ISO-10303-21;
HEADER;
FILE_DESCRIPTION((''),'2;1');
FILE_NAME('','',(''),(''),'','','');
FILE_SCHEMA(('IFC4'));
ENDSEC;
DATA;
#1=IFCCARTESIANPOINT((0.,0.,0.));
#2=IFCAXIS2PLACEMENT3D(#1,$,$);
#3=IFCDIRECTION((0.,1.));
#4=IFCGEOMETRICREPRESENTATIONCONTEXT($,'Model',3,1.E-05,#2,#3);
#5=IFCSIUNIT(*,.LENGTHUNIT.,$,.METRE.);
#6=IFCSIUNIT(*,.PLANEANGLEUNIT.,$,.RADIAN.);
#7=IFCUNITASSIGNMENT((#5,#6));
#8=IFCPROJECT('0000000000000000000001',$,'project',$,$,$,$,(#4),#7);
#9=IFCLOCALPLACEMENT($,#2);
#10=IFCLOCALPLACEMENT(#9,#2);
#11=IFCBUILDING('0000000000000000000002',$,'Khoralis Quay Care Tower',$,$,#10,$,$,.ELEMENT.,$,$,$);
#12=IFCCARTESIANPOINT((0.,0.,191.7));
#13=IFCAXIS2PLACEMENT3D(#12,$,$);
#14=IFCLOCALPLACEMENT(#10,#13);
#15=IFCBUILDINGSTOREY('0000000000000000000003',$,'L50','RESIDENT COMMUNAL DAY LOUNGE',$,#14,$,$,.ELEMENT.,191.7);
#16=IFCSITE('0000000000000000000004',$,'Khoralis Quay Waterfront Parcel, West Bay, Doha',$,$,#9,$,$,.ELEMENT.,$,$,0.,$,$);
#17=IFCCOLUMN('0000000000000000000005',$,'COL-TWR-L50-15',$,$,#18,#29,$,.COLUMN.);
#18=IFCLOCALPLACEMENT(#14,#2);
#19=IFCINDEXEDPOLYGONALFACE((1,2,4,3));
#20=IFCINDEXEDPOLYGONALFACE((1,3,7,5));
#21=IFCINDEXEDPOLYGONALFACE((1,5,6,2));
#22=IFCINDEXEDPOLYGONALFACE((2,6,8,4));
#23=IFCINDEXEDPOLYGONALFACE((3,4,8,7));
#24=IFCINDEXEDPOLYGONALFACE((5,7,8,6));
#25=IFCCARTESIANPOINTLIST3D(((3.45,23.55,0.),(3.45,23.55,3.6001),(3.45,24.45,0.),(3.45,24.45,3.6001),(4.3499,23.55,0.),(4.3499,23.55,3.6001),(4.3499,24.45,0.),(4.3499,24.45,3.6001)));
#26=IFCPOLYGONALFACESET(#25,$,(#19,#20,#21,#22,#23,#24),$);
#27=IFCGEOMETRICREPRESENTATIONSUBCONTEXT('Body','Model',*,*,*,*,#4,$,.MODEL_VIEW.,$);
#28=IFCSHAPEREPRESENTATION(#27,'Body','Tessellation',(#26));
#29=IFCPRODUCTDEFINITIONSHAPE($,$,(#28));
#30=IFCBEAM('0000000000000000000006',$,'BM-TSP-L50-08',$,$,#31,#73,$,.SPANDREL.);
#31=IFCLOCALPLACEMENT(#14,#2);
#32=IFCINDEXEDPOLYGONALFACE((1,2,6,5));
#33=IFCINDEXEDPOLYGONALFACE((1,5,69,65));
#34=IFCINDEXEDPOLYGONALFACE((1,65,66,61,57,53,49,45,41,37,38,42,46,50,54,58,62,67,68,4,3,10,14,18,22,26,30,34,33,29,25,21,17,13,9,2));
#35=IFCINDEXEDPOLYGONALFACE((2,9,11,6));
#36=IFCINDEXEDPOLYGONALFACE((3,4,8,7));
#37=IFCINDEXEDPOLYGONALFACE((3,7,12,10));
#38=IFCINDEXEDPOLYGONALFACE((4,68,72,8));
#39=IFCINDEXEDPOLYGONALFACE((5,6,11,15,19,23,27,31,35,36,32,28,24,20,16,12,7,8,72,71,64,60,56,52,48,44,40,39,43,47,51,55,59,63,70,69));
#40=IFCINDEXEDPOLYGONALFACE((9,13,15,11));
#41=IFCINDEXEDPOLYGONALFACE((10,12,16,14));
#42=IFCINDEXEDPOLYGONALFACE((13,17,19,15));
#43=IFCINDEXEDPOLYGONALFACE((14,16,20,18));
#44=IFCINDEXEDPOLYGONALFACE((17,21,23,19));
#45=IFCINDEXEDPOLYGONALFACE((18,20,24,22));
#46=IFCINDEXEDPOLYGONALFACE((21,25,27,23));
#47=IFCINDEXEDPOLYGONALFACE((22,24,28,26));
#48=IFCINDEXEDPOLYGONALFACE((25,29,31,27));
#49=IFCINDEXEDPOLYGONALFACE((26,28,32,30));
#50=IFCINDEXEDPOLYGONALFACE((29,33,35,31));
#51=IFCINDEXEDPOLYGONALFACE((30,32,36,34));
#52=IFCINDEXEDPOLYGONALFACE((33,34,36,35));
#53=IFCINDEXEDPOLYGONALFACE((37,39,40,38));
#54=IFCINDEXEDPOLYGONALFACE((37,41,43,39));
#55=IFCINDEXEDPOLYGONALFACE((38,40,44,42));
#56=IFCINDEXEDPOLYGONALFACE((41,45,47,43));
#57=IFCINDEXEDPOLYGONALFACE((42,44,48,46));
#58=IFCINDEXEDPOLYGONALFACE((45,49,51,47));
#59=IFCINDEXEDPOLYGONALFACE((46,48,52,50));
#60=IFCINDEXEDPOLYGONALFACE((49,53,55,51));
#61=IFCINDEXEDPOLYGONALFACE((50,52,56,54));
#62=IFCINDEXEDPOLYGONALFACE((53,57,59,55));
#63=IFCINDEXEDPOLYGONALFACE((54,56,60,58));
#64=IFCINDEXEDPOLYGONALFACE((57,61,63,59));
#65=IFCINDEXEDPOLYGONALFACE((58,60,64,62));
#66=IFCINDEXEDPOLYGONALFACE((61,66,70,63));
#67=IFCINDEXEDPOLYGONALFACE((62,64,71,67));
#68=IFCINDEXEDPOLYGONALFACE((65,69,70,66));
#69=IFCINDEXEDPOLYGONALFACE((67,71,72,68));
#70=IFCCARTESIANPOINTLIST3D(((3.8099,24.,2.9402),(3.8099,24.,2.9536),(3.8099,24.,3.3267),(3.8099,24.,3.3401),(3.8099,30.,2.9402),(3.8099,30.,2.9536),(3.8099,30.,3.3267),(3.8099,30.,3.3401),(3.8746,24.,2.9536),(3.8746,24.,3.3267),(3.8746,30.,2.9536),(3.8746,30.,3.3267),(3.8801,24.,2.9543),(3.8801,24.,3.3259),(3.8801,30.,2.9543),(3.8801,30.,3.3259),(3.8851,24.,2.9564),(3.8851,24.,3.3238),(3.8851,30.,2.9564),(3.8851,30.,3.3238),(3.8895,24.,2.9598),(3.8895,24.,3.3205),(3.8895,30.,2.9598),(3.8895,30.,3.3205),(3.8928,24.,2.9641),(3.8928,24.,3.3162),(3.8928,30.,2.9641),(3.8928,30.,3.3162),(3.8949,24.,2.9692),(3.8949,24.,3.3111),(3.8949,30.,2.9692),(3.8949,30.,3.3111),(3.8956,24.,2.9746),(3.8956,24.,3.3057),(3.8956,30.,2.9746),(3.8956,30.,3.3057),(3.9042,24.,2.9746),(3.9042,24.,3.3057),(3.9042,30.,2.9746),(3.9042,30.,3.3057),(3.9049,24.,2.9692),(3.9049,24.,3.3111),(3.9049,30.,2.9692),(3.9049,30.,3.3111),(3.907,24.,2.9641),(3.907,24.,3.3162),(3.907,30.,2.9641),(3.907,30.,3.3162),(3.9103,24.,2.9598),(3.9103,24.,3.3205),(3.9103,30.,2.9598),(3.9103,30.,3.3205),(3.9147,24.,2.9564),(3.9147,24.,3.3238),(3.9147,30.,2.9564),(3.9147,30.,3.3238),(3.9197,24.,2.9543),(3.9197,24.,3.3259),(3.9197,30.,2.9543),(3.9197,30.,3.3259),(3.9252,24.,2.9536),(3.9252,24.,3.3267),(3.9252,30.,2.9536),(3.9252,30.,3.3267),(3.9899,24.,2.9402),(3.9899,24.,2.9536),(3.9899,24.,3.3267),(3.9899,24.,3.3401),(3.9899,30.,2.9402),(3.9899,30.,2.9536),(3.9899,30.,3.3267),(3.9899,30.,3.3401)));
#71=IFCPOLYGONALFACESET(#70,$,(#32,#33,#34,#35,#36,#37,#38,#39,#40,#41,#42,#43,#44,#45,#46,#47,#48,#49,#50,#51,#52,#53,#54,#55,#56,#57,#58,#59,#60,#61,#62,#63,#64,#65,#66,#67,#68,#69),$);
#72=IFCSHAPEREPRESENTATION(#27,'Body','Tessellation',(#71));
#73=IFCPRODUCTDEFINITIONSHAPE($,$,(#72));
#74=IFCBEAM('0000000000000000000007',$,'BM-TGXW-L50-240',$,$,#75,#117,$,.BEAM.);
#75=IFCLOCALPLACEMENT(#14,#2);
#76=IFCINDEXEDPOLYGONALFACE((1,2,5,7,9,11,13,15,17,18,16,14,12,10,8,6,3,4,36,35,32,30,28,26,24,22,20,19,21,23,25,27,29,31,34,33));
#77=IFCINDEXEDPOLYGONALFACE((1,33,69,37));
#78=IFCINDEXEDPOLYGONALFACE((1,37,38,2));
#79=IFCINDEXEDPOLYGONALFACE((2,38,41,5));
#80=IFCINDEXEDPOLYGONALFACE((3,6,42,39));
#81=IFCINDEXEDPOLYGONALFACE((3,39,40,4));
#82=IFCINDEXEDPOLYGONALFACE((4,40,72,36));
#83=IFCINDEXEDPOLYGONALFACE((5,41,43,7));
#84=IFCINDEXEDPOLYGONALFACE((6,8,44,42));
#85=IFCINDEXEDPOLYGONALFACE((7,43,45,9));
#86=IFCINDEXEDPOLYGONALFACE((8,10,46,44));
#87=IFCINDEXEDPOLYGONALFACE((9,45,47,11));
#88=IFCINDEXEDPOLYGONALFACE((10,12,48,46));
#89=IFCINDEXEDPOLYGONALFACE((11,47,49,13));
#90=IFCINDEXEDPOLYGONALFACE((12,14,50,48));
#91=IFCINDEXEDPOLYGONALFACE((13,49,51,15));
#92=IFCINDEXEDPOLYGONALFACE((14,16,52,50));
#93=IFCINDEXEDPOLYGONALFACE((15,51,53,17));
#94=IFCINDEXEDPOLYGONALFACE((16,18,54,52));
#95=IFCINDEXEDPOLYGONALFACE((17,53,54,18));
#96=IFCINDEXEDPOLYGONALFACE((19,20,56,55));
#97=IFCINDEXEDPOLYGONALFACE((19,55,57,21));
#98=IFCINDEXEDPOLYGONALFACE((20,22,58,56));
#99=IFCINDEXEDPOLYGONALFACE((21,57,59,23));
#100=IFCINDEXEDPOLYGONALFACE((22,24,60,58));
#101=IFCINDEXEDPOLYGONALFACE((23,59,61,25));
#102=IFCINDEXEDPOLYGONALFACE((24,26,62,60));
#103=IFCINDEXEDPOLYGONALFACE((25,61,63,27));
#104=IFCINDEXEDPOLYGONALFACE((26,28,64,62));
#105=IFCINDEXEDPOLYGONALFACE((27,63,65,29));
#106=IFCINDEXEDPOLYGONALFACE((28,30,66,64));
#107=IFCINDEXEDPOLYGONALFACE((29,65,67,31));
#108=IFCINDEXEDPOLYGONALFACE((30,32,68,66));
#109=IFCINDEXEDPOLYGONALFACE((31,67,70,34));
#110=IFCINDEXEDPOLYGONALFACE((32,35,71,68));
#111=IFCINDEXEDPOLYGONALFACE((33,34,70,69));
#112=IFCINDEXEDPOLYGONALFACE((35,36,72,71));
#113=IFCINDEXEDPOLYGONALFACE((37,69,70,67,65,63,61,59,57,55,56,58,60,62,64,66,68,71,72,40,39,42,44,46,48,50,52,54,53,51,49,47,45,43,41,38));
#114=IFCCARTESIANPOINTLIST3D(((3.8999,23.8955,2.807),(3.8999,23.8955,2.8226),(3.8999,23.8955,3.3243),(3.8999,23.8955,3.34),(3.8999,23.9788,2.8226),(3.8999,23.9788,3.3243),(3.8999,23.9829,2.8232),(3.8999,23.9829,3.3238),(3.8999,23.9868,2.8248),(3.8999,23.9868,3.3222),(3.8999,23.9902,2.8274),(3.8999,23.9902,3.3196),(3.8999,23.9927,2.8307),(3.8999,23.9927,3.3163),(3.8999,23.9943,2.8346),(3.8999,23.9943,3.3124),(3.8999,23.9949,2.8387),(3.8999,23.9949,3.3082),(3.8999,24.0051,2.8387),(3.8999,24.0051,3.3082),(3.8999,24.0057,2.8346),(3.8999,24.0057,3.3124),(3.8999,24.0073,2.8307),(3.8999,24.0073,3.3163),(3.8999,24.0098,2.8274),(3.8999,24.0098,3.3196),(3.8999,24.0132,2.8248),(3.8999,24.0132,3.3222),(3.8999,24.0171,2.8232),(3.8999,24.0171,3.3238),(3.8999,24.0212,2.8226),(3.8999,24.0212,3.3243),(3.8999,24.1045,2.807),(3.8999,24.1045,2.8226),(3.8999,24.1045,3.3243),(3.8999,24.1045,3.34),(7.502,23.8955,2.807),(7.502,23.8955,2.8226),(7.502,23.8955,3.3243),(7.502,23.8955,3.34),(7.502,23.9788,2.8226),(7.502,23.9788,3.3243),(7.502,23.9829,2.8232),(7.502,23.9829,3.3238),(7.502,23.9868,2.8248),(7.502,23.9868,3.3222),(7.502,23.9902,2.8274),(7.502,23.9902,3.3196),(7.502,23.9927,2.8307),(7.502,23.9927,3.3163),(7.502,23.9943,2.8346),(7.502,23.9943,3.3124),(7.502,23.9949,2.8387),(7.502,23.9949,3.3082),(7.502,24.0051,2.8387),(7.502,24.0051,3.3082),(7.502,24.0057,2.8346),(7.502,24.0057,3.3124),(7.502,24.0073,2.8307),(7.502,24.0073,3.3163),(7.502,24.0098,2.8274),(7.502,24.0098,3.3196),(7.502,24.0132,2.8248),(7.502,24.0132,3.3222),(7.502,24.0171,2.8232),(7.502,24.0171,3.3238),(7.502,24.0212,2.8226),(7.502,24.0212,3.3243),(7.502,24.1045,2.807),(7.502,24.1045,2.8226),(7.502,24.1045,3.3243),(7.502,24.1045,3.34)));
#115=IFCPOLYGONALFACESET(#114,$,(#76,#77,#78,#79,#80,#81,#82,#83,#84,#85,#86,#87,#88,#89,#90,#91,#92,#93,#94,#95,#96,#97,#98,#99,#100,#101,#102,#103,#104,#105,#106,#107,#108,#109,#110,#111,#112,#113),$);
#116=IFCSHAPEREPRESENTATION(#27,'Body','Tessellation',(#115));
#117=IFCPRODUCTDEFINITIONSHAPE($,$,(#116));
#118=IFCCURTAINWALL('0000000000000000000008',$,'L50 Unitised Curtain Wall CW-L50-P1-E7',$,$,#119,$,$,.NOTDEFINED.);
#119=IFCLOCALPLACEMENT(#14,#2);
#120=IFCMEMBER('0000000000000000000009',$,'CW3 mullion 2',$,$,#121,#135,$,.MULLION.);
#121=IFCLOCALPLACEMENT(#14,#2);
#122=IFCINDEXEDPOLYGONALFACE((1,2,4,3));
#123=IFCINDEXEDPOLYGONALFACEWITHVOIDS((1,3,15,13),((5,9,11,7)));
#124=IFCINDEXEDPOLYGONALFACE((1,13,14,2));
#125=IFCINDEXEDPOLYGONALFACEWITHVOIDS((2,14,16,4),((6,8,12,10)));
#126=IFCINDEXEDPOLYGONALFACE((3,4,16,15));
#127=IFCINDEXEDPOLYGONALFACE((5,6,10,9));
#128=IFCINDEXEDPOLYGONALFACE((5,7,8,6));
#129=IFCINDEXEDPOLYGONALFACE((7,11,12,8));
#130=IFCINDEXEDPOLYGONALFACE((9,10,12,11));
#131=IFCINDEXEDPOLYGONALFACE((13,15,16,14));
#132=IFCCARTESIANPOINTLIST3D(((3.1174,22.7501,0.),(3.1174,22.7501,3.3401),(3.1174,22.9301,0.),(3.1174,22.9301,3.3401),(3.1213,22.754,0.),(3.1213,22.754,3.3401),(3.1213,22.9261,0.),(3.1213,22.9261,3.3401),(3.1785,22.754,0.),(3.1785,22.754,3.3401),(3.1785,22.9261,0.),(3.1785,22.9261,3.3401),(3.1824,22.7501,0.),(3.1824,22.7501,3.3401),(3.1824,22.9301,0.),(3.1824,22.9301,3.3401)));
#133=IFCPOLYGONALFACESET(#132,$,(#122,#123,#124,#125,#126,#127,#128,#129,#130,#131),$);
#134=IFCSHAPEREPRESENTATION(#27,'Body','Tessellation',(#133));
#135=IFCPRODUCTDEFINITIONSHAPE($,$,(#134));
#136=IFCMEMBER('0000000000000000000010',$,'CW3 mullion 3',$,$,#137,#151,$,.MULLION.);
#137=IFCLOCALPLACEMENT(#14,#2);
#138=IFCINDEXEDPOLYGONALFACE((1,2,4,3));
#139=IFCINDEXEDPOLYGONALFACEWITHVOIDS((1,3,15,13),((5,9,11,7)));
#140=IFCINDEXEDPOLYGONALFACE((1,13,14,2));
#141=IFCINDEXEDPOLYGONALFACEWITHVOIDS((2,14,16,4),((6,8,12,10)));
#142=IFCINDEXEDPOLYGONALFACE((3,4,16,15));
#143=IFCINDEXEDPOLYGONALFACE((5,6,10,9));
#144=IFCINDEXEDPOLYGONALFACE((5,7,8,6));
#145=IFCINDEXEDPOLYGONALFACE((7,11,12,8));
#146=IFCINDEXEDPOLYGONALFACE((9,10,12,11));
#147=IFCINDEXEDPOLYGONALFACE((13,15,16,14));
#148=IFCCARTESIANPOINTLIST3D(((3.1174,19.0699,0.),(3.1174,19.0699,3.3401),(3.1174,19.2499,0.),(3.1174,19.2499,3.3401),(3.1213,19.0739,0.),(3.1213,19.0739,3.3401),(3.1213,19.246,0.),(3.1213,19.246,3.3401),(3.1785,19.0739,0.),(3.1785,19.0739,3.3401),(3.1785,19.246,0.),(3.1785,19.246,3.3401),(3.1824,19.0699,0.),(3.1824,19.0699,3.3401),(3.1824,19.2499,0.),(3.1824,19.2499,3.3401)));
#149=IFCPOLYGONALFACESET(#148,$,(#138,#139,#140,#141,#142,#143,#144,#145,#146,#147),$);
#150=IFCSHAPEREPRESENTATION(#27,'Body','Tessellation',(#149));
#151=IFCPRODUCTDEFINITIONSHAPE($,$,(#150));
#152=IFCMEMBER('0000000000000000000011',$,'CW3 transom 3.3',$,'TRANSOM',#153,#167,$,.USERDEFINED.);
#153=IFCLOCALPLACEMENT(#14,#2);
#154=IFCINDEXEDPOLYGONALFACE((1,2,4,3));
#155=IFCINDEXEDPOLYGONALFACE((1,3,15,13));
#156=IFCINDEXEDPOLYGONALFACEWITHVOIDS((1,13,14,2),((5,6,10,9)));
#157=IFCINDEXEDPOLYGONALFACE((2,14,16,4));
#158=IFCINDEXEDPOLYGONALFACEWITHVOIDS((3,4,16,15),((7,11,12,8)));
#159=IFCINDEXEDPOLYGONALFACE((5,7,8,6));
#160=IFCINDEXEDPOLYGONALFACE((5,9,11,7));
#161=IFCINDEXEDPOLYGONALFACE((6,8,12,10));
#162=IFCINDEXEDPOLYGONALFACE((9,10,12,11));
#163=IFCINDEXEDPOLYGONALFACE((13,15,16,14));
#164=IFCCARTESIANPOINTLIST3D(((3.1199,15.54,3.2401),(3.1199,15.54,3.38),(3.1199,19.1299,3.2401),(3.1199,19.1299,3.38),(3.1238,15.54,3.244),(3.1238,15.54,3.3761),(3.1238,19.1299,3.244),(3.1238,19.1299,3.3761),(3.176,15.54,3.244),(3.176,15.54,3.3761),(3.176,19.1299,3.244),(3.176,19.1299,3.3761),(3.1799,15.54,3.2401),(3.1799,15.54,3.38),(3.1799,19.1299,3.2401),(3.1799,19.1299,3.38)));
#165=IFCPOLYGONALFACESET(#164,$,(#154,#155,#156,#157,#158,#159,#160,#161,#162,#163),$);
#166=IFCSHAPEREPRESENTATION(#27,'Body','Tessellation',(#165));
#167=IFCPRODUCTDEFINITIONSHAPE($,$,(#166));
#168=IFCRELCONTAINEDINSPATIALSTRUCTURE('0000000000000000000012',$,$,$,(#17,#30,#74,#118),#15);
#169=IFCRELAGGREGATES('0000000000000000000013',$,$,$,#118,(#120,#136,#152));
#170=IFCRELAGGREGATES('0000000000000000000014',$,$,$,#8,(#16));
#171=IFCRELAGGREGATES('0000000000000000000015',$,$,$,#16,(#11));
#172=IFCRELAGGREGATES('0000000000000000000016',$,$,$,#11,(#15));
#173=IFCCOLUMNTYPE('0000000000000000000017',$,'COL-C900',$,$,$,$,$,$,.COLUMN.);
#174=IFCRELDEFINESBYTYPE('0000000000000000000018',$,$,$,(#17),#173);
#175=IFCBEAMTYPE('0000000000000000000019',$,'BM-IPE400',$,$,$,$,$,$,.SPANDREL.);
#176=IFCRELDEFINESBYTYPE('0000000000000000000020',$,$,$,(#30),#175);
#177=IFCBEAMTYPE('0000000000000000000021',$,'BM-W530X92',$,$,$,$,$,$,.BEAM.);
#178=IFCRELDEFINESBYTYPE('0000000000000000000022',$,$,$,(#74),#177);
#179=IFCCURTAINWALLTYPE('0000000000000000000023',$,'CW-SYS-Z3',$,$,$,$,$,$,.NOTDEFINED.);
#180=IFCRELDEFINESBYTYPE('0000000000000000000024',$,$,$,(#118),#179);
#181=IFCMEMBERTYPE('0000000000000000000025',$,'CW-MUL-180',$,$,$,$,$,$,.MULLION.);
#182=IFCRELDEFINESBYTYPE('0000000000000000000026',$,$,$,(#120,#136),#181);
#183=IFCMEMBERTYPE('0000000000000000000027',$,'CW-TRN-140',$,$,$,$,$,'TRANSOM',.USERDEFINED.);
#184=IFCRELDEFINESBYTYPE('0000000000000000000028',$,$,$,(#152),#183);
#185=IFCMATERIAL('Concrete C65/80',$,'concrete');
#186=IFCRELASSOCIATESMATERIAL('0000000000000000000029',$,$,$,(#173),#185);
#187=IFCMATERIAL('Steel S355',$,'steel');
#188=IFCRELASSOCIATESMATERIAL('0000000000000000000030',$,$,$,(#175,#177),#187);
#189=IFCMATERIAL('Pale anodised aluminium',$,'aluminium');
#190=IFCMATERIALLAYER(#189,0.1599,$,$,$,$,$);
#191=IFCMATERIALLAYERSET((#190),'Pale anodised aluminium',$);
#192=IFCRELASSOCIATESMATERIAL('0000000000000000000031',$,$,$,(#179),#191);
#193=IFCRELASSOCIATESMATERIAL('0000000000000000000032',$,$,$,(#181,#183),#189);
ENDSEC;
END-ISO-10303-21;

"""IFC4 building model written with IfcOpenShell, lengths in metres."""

from ifc_helpers import new_model, si_unit, direction, frame, origin, origin_2d, place, context, subcontext, project, spatial, rectangle, hollow_rectangle, i_section, extrude, source, transform, mapped, material, layer, layer_set, material_profile, profile_set, type_object, element, aggregate, save


model = new_model("IFC4")

# Units and contexts
model_context = context("Model", 3, precision=1e-05, world=origin(), true_north=direction((0.0, 1.0)))
body_context = subcontext(model_context, "Body", "Model", "MODEL_VIEW")
ifc_project = project(units=[si_unit("LENGTHUNIT", "METRE"), si_unit("PLANEANGLEUNIT", "RADIAN")], contexts=[model_context])

# Site, building, storey
site_placement = place(None, origin())
site = spatial("IfcSite", under=ifc_project, at=site_placement, Name="Khoralis Quay Waterfront Parcel, West Bay, Doha", CompositionType="ELEMENT", RefElevation=0.0)
building_placement = place(site_placement, origin())
building = spatial("IfcBuilding", under=site, at=building_placement, Name="Khoralis Quay Care Tower", CompositionType="ELEMENT")
storey_placement = place(building_placement, frame((0.0, 0.0, 191.7)))
storey = spatial("IfcBuildingStorey", under=building, at=storey_placement, Name="L50", Description="RESIDENT COMMUNAL DAY LOUNGE", CompositionType="ELEMENT", Elevation=191.7)

# Column
ifc_material_1 = material(Name="Concrete C65/80", Category="concrete")
ifc_material_profile_1 = material_profile(ifc_material_1, rectangle(XDim=0.8999, YDim=0.8999, at=origin_2d()), Name="Concrete C65/80")
ifc_profile_set_1 = profile_set([ifc_material_profile_1], Name="Concrete C65/80")
column_type = type_object("IfcColumnType", Name="COL-C900", PredefinedType="COLUMN", material=ifc_profile_set_1)
shared_shape_1 = source(origin(), body_context, "Body", "SweptSolid", [
    extrude(rectangle(XDim=0.8999, YDim=0.8999, at=origin_2d()), origin(), (0.0, 0.0, 1.0), 3.6001),
])
column_placement = place(storey_placement, frame((3.8999, 24.0, 0.0), z_axis=(0.0, 0.0, 1.0), x_axis=(1.0, 0.0, 0.0)))
element("IfcColumn", 1, at=column_placement, inside=storey, type_object=column_type, Name="COL-TWR-L50-15", PredefinedType="COLUMN", context=body_context, shape_type="MappedRepresentation", body=[
    mapped(shared_shape_1, transform((0.0, 0.0, 0.0), scale=1.0)),
])

# Beams
ifc_material_2 = material(Name="Steel S355", Category="steel")
ifc_material_profile_2 = material_profile(ifc_material_2, i_section(OverallWidth=0.1799, OverallDepth=0.3999, WebThickness=0.0085, FlangeThickness=0.0134, FilletRadius=0.021, at=origin_2d()), Name="Steel S355")
ifc_profile_set_2 = profile_set([ifc_material_profile_2], Name="Steel S355")
beam_type_1 = type_object("IfcBeamType", Name="BM-IPE400", PredefinedType="SPANDREL", material=ifc_profile_set_2)
shared_shape_2 = source(origin(), body_context, "Body", "SweptSolid", [
    extrude(i_section(OverallWidth=0.1799, OverallDepth=0.3999, WebThickness=0.0085, FlangeThickness=0.0134, FilletRadius=0.021, at=origin_2d()), origin(), (0.0, 0.0, 1.0), 6.0),
])
beam_1_placement = place(storey_placement, frame((3.8999, 24.0, 3.1401), z_axis=(0.0, 1.0, 0.0), x_axis=(-1.0, 0.0, 0.0)))
element("IfcBeam", 2, at=beam_1_placement, inside=storey, type_object=beam_type_1, Name="BM-TSP-L50-08", PredefinedType="SPANDREL", context=body_context, shape_type="MappedRepresentation", body=[
    mapped(shared_shape_2, transform((0.0, 0.0, 0.0), scale=1.0)),
])
ifc_material_profile_3 = material_profile(ifc_material_2, i_section(OverallWidth=0.209, OverallDepth=0.533, WebThickness=0.0103, FlangeThickness=0.0156, FilletRadius=0.0161, at=origin_2d()), Name="Steel S355")
ifc_profile_set_3 = profile_set([ifc_material_profile_3], Name="Steel S355")
beam_type_2 = type_object("IfcBeamType", Name="BM-W530X92", PredefinedType="BEAM", material=ifc_profile_set_3)
shared_shape_3 = source(origin(), body_context, "Body", "SweptSolid", [
    extrude(i_section(OverallWidth=0.209, OverallDepth=0.533, WebThickness=0.0103, FlangeThickness=0.0156, FilletRadius=0.0161, at=origin_2d()), origin(), (0.0, 0.0, 1.0), 3.6021),
])
beam_2_placement = place(storey_placement, frame((3.8999, 24.0, 3.0735), z_axis=(1.0, 0.0, 0.0), x_axis=(0.0, 1.0, 0.0)))
element("IfcBeam", 3, at=beam_2_placement, inside=storey, type_object=beam_type_2, Name="BM-TGXW-L50-240", PredefinedType="BEAM", context=body_context, shape_type="MappedRepresentation", body=[
    mapped(shared_shape_3, transform((0.0, 0.0, 0.0), scale=1.0)),
])

# Curtain wall, members
ifc_material_3 = material(Name="Pale anodised aluminium", Category="aluminium")
ifc_layer_1 = layer(ifc_material_3, 0.1599)
ifc_layer_set_1 = layer_set([ifc_layer_1], Name="Pale anodised aluminium")
curtain_wall_type = type_object("IfcCurtainWallType", Name="CW-SYS-Z3", PredefinedType="NOTDEFINED", material=ifc_layer_set_1)
curtain_wall_placement = place(storey_placement, origin())
curtain_wall = element("IfcCurtainWall", 4, at=curtain_wall_placement, inside=storey, type_object=curtain_wall_type, Name="L50 Unitised Curtain Wall CW-L50-P1-E7", PredefinedType="NOTDEFINED")
ifc_material_profile_4 = material_profile(ifc_material_3, hollow_rectangle(XDim=0.0649, YDim=0.1799, WallThickness=0.0039, at=origin_2d()), Name="Pale anodised aluminium")
ifc_profile_set_4 = profile_set([ifc_material_profile_4], Name="Pale anodised aluminium")
member_type_1 = type_object("IfcMemberType", Name="CW-MUL-180", PredefinedType="MULLION", material=ifc_profile_set_4)
shared_shape_4 = source(origin(), body_context, "Body", "SweptSolid", [
    extrude(hollow_rectangle(XDim=0.0649, YDim=0.1799, WallThickness=0.0039, at=origin_2d()), origin(), (0.0, 0.0, 1.0), 3.3401),
])
member_1_placement = place(storey_placement, frame((3.1499, 22.8401, 0.0), z_axis=(0.0, 0.0, 1.0), x_axis=(1.0, 0.0, 0.0)))
member_1 = element("IfcMember", 5, at=member_1_placement, type_object=member_type_1, Name="CW3 mullion 2", PredefinedType="MULLION", context=body_context, shape_type="MappedRepresentation", body=[
    mapped(shared_shape_4, transform((0.0, 0.0, 0.0), scale=1.0)),
])
member_2_placement = place(storey_placement, frame((3.1499, 19.1599, 0.0), z_axis=(0.0, 0.0, 1.0), x_axis=(1.0, 0.0, 0.0)))
member_2 = element("IfcMember", 6, at=member_2_placement, type_object=member_type_1, Name="CW3 mullion 3", PredefinedType="MULLION", context=body_context, shape_type="MappedRepresentation", body=[
    mapped(shared_shape_4, transform((0.0, 0.0, 0.0), scale=1.0)),
])
ifc_material_profile_5 = material_profile(ifc_material_3, hollow_rectangle(XDim=0.0601, YDim=0.1399, WallThickness=0.0039, at=origin_2d()), Name="Pale anodised aluminium")
ifc_profile_set_5 = profile_set([ifc_material_profile_5], Name="Pale anodised aluminium")
member_type_2 = type_object("IfcMemberType", Name="CW-TRN-140", ElementType="TRANSOM", PredefinedType="USERDEFINED", material=ifc_profile_set_5)
shared_shape_5 = source(origin(), body_context, "Body", "SweptSolid", [
    extrude(hollow_rectangle(XDim=0.0601, YDim=0.1399, WallThickness=0.0039, at=origin_2d()), origin(), (0.0, 0.0, 1.0), 3.5898),
])
member_3_placement = place(storey_placement, frame((3.1499, 19.1299, 3.3101), z_axis=(0.0, -1.0, 0.0), x_axis=(1.0, 0.0, 0.0)))
member_3 = element("IfcMember", 7, at=member_3_placement, type_object=member_type_2, Name="CW3 transom 3.3", ObjectType="TRANSOM", PredefinedType="USERDEFINED", context=body_context, shape_type="MappedRepresentation", body=[
    mapped(shared_shape_5, transform((0.0, 0.0, 0.0), scale=1.0)),
])
aggregate(curtain_wall, [member_1, member_2, member_3])

save(model, "model.ifc")
